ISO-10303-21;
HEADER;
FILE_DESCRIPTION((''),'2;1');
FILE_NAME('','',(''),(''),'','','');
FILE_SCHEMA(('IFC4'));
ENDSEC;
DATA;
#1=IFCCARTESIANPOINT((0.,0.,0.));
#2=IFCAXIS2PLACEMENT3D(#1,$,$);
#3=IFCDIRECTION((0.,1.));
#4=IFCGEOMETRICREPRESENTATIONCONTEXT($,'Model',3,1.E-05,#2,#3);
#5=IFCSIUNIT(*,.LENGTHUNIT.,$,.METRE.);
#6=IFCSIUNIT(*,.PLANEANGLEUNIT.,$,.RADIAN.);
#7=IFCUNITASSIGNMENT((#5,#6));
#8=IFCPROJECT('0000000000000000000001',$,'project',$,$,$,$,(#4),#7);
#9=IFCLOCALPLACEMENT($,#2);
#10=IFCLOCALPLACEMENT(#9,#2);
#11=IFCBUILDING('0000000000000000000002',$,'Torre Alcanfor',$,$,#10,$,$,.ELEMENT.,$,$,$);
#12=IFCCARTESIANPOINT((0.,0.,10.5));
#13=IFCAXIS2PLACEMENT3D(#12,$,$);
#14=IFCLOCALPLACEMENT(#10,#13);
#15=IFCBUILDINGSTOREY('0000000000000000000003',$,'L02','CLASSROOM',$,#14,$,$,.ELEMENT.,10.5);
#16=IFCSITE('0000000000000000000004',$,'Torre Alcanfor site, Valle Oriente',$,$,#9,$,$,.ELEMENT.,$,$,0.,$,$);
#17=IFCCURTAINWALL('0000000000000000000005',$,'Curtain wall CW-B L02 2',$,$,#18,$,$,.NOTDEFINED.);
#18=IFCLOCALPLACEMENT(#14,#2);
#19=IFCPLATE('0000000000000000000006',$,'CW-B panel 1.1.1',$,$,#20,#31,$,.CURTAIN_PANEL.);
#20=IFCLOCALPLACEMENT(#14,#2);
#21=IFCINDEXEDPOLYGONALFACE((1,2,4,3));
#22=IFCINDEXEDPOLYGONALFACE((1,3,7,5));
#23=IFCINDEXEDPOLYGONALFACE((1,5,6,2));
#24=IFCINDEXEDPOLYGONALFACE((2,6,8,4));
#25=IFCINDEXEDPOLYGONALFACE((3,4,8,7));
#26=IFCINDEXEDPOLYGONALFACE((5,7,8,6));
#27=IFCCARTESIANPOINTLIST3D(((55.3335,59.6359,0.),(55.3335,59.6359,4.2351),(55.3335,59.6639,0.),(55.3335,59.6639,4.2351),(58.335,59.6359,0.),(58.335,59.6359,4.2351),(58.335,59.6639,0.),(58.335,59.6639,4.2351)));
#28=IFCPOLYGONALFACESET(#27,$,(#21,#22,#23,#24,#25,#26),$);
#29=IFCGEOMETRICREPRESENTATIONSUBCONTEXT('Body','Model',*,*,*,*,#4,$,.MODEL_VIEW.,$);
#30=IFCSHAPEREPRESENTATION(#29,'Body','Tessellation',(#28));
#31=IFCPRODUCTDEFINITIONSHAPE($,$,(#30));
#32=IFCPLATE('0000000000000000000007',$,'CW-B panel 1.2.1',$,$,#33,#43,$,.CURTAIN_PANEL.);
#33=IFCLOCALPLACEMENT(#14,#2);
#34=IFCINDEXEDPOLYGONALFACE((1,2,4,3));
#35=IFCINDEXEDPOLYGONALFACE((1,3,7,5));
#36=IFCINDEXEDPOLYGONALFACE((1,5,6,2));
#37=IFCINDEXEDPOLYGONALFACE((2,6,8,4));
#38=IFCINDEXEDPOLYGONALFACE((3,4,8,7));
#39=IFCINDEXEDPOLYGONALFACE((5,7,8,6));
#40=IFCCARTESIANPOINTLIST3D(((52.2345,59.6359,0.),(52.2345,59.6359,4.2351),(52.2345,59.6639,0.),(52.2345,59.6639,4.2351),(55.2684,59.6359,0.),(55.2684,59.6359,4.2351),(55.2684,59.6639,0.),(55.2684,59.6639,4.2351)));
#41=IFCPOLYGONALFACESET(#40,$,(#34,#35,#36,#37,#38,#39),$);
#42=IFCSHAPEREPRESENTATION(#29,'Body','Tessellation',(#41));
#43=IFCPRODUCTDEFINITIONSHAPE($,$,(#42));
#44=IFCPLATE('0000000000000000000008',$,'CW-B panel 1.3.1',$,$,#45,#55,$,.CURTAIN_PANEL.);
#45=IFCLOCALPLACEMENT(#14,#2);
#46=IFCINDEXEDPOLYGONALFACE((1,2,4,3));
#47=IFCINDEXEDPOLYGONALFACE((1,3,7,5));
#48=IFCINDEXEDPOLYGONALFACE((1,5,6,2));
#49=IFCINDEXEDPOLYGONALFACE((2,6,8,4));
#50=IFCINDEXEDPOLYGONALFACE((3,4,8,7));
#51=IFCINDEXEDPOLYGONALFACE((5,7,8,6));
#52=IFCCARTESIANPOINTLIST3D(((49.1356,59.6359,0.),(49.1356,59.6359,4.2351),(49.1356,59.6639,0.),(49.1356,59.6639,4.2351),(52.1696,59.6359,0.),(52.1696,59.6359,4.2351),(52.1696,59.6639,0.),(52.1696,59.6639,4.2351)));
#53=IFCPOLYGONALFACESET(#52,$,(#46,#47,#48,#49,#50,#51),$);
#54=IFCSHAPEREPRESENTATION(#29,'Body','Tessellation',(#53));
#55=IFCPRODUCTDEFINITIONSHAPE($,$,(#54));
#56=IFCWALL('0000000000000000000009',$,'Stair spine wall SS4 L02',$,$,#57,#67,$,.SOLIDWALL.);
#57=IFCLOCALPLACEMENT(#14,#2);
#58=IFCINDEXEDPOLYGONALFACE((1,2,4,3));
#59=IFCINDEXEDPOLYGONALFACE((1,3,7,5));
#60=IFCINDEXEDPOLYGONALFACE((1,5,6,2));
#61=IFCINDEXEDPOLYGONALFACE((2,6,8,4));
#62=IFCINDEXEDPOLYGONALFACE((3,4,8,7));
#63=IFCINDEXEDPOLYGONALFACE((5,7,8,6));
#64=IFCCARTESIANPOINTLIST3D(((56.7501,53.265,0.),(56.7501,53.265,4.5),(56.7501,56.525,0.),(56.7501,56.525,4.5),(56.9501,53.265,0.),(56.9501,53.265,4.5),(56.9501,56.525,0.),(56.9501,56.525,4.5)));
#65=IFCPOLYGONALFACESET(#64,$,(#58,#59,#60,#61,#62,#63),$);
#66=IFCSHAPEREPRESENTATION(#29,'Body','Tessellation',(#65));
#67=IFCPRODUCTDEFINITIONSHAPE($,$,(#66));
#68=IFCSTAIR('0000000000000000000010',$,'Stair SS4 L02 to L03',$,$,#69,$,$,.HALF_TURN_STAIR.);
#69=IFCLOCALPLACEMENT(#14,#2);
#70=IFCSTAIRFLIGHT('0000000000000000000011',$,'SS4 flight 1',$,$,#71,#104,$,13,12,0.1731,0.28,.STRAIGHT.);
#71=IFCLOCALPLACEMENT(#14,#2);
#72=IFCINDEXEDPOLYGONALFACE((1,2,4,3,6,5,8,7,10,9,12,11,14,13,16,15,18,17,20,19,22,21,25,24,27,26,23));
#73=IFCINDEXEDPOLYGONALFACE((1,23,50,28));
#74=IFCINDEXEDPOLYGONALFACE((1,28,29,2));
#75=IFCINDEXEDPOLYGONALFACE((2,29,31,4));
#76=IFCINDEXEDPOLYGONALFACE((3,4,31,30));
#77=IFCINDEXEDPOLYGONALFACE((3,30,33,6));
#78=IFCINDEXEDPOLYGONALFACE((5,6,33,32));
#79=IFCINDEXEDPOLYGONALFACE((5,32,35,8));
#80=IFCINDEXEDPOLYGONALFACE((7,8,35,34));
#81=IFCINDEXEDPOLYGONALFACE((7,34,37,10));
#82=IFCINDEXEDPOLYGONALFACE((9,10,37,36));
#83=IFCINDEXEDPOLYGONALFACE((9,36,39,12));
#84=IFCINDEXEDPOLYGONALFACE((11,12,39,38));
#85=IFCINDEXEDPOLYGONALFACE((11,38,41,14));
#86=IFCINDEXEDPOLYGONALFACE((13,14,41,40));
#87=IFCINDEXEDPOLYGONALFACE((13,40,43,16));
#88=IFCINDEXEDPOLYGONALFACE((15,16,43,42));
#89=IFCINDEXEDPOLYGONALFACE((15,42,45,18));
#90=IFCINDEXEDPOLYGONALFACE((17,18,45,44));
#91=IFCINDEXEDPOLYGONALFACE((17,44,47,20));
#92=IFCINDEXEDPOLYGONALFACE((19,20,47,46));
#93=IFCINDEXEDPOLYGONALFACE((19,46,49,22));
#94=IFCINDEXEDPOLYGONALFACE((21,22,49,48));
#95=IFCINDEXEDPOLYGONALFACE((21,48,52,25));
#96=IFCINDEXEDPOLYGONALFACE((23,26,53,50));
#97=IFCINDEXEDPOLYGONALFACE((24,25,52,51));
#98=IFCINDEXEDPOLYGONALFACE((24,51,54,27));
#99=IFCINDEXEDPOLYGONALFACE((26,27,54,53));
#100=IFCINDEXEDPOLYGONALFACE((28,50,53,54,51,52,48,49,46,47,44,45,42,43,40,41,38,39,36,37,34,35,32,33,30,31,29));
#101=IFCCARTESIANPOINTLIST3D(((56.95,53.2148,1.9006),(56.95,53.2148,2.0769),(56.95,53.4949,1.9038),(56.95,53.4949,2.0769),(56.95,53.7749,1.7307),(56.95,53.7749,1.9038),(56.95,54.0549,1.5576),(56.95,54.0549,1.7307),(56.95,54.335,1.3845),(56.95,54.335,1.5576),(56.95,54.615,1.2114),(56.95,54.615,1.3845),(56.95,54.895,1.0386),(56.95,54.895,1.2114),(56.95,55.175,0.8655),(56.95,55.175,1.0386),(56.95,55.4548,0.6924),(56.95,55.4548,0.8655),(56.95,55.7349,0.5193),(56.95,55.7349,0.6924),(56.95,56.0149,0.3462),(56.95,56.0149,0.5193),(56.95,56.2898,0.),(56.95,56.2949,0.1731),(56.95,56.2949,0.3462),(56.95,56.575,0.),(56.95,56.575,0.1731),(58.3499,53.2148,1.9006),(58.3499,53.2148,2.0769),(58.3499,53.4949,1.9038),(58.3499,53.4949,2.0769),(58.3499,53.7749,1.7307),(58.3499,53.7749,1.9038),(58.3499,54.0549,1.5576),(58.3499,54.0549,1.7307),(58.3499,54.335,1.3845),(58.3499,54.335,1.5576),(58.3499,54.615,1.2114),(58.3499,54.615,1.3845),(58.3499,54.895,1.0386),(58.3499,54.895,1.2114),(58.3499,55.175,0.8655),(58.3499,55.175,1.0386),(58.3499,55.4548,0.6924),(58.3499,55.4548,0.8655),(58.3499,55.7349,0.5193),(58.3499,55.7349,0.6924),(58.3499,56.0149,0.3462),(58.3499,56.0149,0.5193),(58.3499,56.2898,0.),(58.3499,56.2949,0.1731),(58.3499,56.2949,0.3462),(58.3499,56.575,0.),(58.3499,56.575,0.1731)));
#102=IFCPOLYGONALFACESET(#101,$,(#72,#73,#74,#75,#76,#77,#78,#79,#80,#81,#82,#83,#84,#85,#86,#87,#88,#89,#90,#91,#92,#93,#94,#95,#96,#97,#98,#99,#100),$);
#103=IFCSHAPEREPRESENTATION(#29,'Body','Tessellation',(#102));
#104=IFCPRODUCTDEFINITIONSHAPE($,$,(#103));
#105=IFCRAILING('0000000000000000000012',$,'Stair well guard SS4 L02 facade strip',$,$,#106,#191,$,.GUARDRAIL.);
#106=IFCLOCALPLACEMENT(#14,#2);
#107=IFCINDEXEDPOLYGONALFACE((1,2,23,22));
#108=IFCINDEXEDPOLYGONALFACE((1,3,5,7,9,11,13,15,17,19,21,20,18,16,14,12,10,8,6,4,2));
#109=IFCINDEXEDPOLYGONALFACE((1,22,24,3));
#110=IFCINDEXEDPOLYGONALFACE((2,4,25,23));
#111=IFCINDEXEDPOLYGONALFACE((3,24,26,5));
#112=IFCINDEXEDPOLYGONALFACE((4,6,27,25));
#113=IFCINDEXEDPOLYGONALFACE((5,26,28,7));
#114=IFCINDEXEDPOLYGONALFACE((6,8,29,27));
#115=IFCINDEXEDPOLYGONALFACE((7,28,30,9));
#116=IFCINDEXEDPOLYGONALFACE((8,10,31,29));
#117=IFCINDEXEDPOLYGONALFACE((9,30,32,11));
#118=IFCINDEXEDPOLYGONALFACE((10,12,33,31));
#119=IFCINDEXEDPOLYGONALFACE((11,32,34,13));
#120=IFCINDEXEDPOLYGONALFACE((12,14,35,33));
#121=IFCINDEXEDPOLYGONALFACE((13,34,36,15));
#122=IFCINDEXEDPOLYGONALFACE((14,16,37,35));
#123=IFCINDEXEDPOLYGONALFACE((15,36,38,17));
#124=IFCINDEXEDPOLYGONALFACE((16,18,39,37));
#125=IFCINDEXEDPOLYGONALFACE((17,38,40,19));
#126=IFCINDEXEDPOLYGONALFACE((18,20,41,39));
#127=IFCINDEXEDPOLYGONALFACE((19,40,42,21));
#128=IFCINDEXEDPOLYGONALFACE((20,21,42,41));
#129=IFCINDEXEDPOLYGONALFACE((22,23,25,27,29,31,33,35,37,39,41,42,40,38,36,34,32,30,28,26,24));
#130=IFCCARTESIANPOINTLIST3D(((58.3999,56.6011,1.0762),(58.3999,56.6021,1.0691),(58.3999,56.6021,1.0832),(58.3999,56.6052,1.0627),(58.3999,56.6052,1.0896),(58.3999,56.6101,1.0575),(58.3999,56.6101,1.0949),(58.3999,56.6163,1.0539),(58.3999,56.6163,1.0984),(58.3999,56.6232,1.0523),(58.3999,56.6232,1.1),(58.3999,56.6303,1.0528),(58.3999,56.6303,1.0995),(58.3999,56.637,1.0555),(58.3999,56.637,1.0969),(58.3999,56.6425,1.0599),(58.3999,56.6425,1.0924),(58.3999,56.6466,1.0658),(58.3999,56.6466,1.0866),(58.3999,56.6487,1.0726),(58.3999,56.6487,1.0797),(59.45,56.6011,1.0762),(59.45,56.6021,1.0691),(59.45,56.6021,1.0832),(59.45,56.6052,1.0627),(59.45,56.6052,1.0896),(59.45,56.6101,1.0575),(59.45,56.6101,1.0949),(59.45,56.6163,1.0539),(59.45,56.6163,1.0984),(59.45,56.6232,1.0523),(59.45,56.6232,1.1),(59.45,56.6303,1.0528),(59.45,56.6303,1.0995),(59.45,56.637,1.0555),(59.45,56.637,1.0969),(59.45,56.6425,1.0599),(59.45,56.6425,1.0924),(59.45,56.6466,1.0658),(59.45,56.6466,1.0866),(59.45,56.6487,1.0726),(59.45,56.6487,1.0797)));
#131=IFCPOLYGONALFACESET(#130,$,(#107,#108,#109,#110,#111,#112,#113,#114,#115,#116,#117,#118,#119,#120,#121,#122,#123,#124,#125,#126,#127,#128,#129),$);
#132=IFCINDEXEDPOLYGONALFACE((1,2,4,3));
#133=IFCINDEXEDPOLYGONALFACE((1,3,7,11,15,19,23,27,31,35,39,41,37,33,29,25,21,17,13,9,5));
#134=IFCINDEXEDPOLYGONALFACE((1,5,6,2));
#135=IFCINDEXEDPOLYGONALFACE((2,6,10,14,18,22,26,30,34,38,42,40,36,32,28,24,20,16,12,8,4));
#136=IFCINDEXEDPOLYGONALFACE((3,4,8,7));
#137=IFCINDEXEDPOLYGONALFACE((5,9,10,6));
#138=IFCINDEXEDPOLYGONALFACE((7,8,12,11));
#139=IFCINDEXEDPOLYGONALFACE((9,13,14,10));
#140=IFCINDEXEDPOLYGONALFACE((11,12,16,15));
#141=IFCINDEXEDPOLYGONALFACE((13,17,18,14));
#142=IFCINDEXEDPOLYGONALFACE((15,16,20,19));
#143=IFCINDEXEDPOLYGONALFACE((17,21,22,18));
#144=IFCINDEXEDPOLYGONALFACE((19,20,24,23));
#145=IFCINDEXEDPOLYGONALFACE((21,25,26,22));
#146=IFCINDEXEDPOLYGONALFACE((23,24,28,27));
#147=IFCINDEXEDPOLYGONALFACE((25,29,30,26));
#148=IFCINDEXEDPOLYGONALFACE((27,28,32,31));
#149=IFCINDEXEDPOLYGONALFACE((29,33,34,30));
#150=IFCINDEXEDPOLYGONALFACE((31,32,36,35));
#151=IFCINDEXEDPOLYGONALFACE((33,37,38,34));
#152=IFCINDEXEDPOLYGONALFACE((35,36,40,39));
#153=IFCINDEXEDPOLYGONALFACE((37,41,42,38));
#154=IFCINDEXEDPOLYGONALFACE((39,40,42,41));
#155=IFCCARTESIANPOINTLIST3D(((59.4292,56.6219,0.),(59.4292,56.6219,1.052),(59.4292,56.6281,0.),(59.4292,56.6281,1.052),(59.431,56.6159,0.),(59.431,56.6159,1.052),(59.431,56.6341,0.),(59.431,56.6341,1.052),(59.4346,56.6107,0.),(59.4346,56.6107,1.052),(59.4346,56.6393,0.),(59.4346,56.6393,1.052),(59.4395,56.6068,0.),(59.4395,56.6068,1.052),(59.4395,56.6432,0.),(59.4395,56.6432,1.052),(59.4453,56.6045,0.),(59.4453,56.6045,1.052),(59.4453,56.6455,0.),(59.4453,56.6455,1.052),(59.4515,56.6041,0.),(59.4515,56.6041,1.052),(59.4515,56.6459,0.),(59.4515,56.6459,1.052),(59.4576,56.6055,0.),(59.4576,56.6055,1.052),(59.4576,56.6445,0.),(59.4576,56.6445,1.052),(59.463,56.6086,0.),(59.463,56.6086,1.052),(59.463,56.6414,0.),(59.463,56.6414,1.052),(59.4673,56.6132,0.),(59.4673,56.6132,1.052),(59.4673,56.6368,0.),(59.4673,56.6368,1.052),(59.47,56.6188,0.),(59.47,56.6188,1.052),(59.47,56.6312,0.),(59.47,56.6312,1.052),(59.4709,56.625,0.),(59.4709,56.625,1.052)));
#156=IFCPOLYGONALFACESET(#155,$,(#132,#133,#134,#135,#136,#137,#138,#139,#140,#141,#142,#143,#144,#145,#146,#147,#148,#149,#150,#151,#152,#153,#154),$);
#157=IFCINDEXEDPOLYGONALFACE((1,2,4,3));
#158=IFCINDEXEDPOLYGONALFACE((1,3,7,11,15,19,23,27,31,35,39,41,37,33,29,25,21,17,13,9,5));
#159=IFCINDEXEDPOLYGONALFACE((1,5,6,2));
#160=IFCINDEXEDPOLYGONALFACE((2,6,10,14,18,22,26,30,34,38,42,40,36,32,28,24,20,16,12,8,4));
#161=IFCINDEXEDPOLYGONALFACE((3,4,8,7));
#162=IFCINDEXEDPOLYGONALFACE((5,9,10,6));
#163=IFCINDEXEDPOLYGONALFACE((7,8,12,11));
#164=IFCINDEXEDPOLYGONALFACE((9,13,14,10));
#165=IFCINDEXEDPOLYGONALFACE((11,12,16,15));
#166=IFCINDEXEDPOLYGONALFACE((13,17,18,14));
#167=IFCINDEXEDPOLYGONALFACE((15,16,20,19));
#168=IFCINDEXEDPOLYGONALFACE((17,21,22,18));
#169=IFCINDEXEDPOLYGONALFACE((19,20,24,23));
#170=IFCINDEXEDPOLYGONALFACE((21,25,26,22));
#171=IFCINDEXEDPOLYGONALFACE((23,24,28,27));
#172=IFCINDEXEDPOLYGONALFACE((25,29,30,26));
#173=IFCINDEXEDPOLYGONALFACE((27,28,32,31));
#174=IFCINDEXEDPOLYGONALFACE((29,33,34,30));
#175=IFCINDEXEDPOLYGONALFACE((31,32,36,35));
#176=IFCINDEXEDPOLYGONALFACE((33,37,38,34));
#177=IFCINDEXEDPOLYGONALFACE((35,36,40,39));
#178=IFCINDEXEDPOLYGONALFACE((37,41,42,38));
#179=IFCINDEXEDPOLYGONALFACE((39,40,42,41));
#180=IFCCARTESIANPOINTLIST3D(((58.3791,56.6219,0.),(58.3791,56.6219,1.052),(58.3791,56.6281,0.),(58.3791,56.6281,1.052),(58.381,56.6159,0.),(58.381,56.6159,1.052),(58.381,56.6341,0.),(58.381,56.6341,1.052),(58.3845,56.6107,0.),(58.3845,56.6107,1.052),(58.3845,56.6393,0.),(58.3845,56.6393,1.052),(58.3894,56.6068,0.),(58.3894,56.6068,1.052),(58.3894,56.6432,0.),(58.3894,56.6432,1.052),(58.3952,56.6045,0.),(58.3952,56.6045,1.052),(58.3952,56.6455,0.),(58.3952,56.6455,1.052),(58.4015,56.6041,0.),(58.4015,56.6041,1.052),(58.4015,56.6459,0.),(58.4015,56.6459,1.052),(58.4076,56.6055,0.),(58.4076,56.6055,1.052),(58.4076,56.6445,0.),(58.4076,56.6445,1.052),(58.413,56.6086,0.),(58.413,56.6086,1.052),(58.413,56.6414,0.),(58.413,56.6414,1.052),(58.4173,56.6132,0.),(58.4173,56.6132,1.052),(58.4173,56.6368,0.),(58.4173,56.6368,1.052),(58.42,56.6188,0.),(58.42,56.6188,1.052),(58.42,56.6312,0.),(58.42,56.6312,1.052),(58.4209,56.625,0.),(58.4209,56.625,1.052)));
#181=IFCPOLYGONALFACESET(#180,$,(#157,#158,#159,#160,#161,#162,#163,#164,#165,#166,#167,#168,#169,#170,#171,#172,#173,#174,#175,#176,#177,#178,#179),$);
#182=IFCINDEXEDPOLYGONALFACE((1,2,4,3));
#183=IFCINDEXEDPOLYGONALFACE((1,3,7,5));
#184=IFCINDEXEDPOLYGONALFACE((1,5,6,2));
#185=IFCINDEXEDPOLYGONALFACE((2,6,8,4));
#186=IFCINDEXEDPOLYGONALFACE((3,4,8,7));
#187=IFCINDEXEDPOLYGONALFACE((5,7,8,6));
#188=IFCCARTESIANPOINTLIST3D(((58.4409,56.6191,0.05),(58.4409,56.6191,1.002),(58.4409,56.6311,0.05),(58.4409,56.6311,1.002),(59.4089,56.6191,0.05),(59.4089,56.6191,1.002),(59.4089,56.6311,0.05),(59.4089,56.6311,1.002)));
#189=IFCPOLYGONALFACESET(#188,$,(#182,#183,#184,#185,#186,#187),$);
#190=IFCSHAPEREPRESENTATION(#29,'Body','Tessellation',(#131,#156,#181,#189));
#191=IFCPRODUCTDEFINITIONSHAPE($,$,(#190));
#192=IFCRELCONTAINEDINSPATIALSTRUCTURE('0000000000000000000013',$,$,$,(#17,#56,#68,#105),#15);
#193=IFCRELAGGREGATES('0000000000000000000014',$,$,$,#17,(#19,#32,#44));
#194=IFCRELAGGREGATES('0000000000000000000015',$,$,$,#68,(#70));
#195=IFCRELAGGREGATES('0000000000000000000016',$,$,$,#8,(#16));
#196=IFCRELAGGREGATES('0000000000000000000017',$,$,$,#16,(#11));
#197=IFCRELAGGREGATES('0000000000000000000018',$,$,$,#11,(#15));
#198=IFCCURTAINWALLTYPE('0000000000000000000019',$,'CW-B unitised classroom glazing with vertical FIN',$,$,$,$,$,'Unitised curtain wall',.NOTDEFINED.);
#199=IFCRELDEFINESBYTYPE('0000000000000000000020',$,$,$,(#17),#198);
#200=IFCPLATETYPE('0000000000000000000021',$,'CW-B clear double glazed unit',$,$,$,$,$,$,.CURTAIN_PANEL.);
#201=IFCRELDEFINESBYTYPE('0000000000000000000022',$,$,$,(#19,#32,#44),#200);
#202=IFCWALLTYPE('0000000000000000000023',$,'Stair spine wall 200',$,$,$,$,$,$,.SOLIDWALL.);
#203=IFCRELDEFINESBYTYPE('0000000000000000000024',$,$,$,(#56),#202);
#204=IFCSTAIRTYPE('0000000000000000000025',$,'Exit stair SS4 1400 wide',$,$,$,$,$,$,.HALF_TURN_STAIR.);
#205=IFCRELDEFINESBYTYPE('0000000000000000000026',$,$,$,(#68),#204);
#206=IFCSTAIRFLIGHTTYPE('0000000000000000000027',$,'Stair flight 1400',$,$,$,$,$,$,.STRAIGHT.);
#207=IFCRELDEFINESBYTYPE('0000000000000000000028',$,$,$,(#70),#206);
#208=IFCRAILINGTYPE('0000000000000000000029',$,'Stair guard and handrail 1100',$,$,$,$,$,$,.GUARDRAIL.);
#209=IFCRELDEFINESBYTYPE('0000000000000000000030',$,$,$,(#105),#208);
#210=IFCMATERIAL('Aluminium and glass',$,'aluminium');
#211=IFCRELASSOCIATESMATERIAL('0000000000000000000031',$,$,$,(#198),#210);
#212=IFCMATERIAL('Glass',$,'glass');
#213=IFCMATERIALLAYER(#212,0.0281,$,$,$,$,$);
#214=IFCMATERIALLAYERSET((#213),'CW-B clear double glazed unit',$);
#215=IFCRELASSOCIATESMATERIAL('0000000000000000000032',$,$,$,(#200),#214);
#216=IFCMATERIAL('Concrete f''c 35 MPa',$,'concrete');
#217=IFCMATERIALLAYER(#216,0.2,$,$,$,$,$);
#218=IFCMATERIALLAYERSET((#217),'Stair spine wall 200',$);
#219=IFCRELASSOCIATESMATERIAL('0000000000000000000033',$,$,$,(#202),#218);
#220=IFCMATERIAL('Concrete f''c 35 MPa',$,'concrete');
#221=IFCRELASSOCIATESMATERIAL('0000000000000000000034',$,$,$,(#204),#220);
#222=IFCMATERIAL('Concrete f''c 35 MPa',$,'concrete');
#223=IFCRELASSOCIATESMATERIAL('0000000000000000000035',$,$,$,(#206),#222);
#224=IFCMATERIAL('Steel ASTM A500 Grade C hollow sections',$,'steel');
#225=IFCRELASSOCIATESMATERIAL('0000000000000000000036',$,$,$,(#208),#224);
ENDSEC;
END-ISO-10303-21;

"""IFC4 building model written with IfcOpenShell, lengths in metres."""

from ifc_helpers import new_model, si_unit, direction, frame, frame_2d, origin, origin_2d, place, context, subcontext, project, spatial, polyline, rectangle, circle, outline, extrude, material, layer, layer_set, type_object, element, aggregate, save


model = new_model("IFC4")

# Units and contexts
model_context = context("Model", 3, precision=1e-05, world=origin(), true_north=direction((0.0, 1.0)))
body_context = subcontext(model_context, "Body", "Model", "MODEL_VIEW")
ifc_project = project(units=[si_unit("LENGTHUNIT", "METRE"), si_unit("PLANEANGLEUNIT", "RADIAN")], contexts=[model_context])

# Site, building, storey
site_placement = place(None, origin())
site = spatial("IfcSite", under=ifc_project, at=site_placement, Name="Torre Alcanfor site, Valle Oriente", CompositionType="ELEMENT", RefElevation=0.0)
building_placement = place(site_placement, origin())
building = spatial("IfcBuilding", under=site, at=building_placement, Name="Torre Alcanfor", CompositionType="ELEMENT")
storey_placement = place(building_placement, frame((0.0, 0.0, 10.5)))
storey = spatial("IfcBuildingStorey", under=building, at=storey_placement, Name="L02", Description="CLASSROOM", CompositionType="ELEMENT", Elevation=10.5)

# Curtain wall
ifc_material_1 = material(Name="Aluminium and glass", Category="aluminium")
curtain_wall_type = type_object("IfcCurtainWallType", Name="CW-B unitised classroom glazing with vertical FIN", ElementType="Unitised curtain wall", PredefinedType="NOTDEFINED", material=ifc_material_1)
curtain_wall_1_placement = place(storey_placement, origin())
curtain_wall_1 = element("IfcCurtainWall", 1, at=curtain_wall_1_placement, inside=storey, type_object=curtain_wall_type, Name="Curtain wall CW-B L02 2", PredefinedType="NOTDEFINED")

# Plates
ifc_material_2 = material(Name="Glass", Category="glass")
ifc_layer_1 = layer(ifc_material_2, 0.0281)
ifc_layer_set_1 = layer_set([ifc_layer_1], Name="CW-B clear double glazed unit")
plate_type = type_object("IfcPlateType", Name="CW-B clear double glazed unit", PredefinedType="CURTAIN_PANEL", material=ifc_layer_set_1)
plate_1_placement = place(storey_placement, frame((56.8342, 59.6499, 0.0), z_axis=(0.0, 0.0, 1.0), x_axis=(-1.0, 0.0, 0.0)))
plate_1 = element("IfcPlate", 2, at=plate_1_placement, type_object=plate_type, Name="CW-B panel 1.1.1", PredefinedType="CURTAIN_PANEL", context=body_context, shape_type="SweptSolid", body=[
    extrude(rectangle(XDim=3.0015, YDim=0.0281, at=origin_2d()), origin(), (0.0, 0.0, 1.0), 4.2351),
])
plate_2_placement = place(storey_placement, frame((53.7515, 59.6499, 0.0), z_axis=(0.0, 0.0, 1.0), x_axis=(-1.0, 0.0, 0.0)))
plate_2 = element("IfcPlate", 3, at=plate_2_placement, type_object=plate_type, Name="CW-B panel 1.2.1", PredefinedType="CURTAIN_PANEL", context=body_context, shape_type="SweptSolid", body=[
    extrude(rectangle(XDim=3.0339, YDim=0.0281, at=origin_2d()), origin(), (0.0, 0.0, 1.0), 4.2351),
])
plate_3_placement = place(storey_placement, frame((50.6526, 59.6499, 0.0), z_axis=(0.0, 0.0, 1.0), x_axis=(-1.0, 0.0, 0.0)))
plate_3 = element("IfcPlate", 4, at=plate_3_placement, type_object=plate_type, Name="CW-B panel 1.3.1", PredefinedType="CURTAIN_PANEL", context=body_context, shape_type="SweptSolid", body=[
    extrude(rectangle(XDim=3.0339, YDim=0.0281, at=origin_2d()), origin(), (0.0, 0.0, 1.0), 4.2351),
])
aggregate(curtain_wall_1, [plate_1, plate_2, plate_3])

# Wall
ifc_material_3 = material(Name="Concrete f'c 35 MPa", Category="concrete")
ifc_layer_2 = layer(ifc_material_3, 0.2)
ifc_layer_set_2 = layer_set([ifc_layer_2], Name="Stair spine wall 200")
wall_type_1 = type_object("IfcWallType", Name="Stair spine wall 200", PredefinedType="SOLIDWALL", material=ifc_layer_set_2)
wall_1_placement = place(storey_placement, frame((56.8501, 56.5249, 0.0), z_axis=(0.0, 0.0, 1.0), x_axis=(0.0, -1.0, 0.0)))
element("IfcWall", 5, at=wall_1_placement, inside=storey, type_object=wall_type_1, Name="Stair spine wall SS4 L02", PredefinedType="SOLIDWALL", context=body_context, shape_type="SweptSolid", body=[
    extrude(rectangle(XDim=3.26, YDim=0.2, at=frame_2d((1.6299, 0.0))), origin(), (0.0, 0.0, 1.0), 4.5),
])

# Stair, stair flight
ifc_material_4 = material(Name="Concrete f'c 35 MPa", Category="concrete")
stair_type = type_object("IfcStairType", Name="Exit stair SS4 1400 wide", PredefinedType="HALF_TURN_STAIR", material=ifc_material_4)
stair_placement = place(storey_placement, origin())
stair = element("IfcStair", 6, at=stair_placement, inside=storey, type_object=stair_type, Name="Stair SS4 L02 to L03", PredefinedType="HALF_TURN_STAIR")
ifc_material_5 = material(Name="Concrete f'c 35 MPa", Category="concrete")
stair_flight_type = type_object("IfcStairFlightType", Name="Stair flight 1400", PredefinedType="STRAIGHT", material=ifc_material_5)
stair_flight_placement = place(storey_placement, frame((57.6499, 56.575, 0.0), z_axis=(0.0, 0.0, 1.0), x_axis=(0.0, -1.0, 0.0)))
stair_flight = element("IfcStairFlight", 7, at=stair_flight_placement, type_object=stair_flight_type, Name="SS4 flight 1", NumberOfRisers=13, NumberOfTreads=12, PredefinedType="STRAIGHT", RiserHeight=0.1731, TreadLength=0.28, context=body_context, shape_type="SweptSolid", body=[
    extrude(outline(polyline([(0.0, 0.0), (0.0, 0.1731), (0.28, 0.1731), (0.28, 0.3462), (0.5601, 0.3462), (0.5601, 0.5193), (0.8401, 0.5193), (0.8401, 0.6924), (1.1201, 0.6924), (1.1201, 0.8655), (1.3999, 0.8655), (1.3999, 1.0386), (1.6799, 1.0386), (1.6799, 1.2114), (1.96, 1.2114), (1.96, 1.3845), (2.24, 1.3845), (2.24, 1.5576), (2.52, 1.5576), (2.52, 1.7307), (2.8, 1.7307), (2.8, 1.9038), (3.0801, 1.9038), (3.0801, 2.0769), (3.3601, 2.0769), (3.3601, 2.25), (3.3601, 1.9006), (0.2852, 0.0), (0.0, 0.0)])), frame((0.0, 0.7, 0.0), z_axis=(0.0, -1.0, 0.0), x_axis=(1.0, 0.0, 0.0)), (0.0, 0.0, 1.0), 1.3999),
])
aggregate(stair, [stair_flight])

# Railing
ifc_material_6 = material(Name="Steel ASTM A500 Grade C hollow sections", Category="steel")
railing_type_1 = type_object("IfcRailingType", Name="Stair guard and handrail 1100", PredefinedType="GUARDRAIL", material=ifc_material_6)
railing_1_placement = place(storey_placement, frame((59.45, 56.625, 0.0)))
element("IfcRailing", 8, at=railing_1_placement, inside=storey, type_object=railing_type_1, Name="Stair well guard SS4 L02 facade strip", PredefinedType="GUARDRAIL", context=body_context, shape_type="SweptSolid", body=[
    extrude(circle(Radius=0.0239, at=origin_2d()), frame((0.0, 0.0, 1.0762), z_axis=(-1.0, 0.0, 0.0), x_axis=(0.0, -1.0, 0.0)), (0.0, 0.0, 1.0), 1.05),
    extrude(circle(Radius=0.021, at=origin_2d()), origin(), (0.0, 0.0, 1.0), 1.052),
    extrude(circle(Radius=0.021, at=origin_2d()), frame((-1.05, 0.0, 0.0)), (0.0, 0.0, 1.0), 1.052),
    extrude(outline(polyline([(0.041, 0.05), (1.009, 0.05), (1.009, 1.002), (0.041, 1.002), (0.041, 0.05)])), frame((0.0, -0.0059, 0.0), z_axis=(0.0, 1.0, 0.0), x_axis=(-1.0, 0.0, 0.0)), (0.0, 0.0, 1.0), 0.012),
])

save(model, "model.ifc")
